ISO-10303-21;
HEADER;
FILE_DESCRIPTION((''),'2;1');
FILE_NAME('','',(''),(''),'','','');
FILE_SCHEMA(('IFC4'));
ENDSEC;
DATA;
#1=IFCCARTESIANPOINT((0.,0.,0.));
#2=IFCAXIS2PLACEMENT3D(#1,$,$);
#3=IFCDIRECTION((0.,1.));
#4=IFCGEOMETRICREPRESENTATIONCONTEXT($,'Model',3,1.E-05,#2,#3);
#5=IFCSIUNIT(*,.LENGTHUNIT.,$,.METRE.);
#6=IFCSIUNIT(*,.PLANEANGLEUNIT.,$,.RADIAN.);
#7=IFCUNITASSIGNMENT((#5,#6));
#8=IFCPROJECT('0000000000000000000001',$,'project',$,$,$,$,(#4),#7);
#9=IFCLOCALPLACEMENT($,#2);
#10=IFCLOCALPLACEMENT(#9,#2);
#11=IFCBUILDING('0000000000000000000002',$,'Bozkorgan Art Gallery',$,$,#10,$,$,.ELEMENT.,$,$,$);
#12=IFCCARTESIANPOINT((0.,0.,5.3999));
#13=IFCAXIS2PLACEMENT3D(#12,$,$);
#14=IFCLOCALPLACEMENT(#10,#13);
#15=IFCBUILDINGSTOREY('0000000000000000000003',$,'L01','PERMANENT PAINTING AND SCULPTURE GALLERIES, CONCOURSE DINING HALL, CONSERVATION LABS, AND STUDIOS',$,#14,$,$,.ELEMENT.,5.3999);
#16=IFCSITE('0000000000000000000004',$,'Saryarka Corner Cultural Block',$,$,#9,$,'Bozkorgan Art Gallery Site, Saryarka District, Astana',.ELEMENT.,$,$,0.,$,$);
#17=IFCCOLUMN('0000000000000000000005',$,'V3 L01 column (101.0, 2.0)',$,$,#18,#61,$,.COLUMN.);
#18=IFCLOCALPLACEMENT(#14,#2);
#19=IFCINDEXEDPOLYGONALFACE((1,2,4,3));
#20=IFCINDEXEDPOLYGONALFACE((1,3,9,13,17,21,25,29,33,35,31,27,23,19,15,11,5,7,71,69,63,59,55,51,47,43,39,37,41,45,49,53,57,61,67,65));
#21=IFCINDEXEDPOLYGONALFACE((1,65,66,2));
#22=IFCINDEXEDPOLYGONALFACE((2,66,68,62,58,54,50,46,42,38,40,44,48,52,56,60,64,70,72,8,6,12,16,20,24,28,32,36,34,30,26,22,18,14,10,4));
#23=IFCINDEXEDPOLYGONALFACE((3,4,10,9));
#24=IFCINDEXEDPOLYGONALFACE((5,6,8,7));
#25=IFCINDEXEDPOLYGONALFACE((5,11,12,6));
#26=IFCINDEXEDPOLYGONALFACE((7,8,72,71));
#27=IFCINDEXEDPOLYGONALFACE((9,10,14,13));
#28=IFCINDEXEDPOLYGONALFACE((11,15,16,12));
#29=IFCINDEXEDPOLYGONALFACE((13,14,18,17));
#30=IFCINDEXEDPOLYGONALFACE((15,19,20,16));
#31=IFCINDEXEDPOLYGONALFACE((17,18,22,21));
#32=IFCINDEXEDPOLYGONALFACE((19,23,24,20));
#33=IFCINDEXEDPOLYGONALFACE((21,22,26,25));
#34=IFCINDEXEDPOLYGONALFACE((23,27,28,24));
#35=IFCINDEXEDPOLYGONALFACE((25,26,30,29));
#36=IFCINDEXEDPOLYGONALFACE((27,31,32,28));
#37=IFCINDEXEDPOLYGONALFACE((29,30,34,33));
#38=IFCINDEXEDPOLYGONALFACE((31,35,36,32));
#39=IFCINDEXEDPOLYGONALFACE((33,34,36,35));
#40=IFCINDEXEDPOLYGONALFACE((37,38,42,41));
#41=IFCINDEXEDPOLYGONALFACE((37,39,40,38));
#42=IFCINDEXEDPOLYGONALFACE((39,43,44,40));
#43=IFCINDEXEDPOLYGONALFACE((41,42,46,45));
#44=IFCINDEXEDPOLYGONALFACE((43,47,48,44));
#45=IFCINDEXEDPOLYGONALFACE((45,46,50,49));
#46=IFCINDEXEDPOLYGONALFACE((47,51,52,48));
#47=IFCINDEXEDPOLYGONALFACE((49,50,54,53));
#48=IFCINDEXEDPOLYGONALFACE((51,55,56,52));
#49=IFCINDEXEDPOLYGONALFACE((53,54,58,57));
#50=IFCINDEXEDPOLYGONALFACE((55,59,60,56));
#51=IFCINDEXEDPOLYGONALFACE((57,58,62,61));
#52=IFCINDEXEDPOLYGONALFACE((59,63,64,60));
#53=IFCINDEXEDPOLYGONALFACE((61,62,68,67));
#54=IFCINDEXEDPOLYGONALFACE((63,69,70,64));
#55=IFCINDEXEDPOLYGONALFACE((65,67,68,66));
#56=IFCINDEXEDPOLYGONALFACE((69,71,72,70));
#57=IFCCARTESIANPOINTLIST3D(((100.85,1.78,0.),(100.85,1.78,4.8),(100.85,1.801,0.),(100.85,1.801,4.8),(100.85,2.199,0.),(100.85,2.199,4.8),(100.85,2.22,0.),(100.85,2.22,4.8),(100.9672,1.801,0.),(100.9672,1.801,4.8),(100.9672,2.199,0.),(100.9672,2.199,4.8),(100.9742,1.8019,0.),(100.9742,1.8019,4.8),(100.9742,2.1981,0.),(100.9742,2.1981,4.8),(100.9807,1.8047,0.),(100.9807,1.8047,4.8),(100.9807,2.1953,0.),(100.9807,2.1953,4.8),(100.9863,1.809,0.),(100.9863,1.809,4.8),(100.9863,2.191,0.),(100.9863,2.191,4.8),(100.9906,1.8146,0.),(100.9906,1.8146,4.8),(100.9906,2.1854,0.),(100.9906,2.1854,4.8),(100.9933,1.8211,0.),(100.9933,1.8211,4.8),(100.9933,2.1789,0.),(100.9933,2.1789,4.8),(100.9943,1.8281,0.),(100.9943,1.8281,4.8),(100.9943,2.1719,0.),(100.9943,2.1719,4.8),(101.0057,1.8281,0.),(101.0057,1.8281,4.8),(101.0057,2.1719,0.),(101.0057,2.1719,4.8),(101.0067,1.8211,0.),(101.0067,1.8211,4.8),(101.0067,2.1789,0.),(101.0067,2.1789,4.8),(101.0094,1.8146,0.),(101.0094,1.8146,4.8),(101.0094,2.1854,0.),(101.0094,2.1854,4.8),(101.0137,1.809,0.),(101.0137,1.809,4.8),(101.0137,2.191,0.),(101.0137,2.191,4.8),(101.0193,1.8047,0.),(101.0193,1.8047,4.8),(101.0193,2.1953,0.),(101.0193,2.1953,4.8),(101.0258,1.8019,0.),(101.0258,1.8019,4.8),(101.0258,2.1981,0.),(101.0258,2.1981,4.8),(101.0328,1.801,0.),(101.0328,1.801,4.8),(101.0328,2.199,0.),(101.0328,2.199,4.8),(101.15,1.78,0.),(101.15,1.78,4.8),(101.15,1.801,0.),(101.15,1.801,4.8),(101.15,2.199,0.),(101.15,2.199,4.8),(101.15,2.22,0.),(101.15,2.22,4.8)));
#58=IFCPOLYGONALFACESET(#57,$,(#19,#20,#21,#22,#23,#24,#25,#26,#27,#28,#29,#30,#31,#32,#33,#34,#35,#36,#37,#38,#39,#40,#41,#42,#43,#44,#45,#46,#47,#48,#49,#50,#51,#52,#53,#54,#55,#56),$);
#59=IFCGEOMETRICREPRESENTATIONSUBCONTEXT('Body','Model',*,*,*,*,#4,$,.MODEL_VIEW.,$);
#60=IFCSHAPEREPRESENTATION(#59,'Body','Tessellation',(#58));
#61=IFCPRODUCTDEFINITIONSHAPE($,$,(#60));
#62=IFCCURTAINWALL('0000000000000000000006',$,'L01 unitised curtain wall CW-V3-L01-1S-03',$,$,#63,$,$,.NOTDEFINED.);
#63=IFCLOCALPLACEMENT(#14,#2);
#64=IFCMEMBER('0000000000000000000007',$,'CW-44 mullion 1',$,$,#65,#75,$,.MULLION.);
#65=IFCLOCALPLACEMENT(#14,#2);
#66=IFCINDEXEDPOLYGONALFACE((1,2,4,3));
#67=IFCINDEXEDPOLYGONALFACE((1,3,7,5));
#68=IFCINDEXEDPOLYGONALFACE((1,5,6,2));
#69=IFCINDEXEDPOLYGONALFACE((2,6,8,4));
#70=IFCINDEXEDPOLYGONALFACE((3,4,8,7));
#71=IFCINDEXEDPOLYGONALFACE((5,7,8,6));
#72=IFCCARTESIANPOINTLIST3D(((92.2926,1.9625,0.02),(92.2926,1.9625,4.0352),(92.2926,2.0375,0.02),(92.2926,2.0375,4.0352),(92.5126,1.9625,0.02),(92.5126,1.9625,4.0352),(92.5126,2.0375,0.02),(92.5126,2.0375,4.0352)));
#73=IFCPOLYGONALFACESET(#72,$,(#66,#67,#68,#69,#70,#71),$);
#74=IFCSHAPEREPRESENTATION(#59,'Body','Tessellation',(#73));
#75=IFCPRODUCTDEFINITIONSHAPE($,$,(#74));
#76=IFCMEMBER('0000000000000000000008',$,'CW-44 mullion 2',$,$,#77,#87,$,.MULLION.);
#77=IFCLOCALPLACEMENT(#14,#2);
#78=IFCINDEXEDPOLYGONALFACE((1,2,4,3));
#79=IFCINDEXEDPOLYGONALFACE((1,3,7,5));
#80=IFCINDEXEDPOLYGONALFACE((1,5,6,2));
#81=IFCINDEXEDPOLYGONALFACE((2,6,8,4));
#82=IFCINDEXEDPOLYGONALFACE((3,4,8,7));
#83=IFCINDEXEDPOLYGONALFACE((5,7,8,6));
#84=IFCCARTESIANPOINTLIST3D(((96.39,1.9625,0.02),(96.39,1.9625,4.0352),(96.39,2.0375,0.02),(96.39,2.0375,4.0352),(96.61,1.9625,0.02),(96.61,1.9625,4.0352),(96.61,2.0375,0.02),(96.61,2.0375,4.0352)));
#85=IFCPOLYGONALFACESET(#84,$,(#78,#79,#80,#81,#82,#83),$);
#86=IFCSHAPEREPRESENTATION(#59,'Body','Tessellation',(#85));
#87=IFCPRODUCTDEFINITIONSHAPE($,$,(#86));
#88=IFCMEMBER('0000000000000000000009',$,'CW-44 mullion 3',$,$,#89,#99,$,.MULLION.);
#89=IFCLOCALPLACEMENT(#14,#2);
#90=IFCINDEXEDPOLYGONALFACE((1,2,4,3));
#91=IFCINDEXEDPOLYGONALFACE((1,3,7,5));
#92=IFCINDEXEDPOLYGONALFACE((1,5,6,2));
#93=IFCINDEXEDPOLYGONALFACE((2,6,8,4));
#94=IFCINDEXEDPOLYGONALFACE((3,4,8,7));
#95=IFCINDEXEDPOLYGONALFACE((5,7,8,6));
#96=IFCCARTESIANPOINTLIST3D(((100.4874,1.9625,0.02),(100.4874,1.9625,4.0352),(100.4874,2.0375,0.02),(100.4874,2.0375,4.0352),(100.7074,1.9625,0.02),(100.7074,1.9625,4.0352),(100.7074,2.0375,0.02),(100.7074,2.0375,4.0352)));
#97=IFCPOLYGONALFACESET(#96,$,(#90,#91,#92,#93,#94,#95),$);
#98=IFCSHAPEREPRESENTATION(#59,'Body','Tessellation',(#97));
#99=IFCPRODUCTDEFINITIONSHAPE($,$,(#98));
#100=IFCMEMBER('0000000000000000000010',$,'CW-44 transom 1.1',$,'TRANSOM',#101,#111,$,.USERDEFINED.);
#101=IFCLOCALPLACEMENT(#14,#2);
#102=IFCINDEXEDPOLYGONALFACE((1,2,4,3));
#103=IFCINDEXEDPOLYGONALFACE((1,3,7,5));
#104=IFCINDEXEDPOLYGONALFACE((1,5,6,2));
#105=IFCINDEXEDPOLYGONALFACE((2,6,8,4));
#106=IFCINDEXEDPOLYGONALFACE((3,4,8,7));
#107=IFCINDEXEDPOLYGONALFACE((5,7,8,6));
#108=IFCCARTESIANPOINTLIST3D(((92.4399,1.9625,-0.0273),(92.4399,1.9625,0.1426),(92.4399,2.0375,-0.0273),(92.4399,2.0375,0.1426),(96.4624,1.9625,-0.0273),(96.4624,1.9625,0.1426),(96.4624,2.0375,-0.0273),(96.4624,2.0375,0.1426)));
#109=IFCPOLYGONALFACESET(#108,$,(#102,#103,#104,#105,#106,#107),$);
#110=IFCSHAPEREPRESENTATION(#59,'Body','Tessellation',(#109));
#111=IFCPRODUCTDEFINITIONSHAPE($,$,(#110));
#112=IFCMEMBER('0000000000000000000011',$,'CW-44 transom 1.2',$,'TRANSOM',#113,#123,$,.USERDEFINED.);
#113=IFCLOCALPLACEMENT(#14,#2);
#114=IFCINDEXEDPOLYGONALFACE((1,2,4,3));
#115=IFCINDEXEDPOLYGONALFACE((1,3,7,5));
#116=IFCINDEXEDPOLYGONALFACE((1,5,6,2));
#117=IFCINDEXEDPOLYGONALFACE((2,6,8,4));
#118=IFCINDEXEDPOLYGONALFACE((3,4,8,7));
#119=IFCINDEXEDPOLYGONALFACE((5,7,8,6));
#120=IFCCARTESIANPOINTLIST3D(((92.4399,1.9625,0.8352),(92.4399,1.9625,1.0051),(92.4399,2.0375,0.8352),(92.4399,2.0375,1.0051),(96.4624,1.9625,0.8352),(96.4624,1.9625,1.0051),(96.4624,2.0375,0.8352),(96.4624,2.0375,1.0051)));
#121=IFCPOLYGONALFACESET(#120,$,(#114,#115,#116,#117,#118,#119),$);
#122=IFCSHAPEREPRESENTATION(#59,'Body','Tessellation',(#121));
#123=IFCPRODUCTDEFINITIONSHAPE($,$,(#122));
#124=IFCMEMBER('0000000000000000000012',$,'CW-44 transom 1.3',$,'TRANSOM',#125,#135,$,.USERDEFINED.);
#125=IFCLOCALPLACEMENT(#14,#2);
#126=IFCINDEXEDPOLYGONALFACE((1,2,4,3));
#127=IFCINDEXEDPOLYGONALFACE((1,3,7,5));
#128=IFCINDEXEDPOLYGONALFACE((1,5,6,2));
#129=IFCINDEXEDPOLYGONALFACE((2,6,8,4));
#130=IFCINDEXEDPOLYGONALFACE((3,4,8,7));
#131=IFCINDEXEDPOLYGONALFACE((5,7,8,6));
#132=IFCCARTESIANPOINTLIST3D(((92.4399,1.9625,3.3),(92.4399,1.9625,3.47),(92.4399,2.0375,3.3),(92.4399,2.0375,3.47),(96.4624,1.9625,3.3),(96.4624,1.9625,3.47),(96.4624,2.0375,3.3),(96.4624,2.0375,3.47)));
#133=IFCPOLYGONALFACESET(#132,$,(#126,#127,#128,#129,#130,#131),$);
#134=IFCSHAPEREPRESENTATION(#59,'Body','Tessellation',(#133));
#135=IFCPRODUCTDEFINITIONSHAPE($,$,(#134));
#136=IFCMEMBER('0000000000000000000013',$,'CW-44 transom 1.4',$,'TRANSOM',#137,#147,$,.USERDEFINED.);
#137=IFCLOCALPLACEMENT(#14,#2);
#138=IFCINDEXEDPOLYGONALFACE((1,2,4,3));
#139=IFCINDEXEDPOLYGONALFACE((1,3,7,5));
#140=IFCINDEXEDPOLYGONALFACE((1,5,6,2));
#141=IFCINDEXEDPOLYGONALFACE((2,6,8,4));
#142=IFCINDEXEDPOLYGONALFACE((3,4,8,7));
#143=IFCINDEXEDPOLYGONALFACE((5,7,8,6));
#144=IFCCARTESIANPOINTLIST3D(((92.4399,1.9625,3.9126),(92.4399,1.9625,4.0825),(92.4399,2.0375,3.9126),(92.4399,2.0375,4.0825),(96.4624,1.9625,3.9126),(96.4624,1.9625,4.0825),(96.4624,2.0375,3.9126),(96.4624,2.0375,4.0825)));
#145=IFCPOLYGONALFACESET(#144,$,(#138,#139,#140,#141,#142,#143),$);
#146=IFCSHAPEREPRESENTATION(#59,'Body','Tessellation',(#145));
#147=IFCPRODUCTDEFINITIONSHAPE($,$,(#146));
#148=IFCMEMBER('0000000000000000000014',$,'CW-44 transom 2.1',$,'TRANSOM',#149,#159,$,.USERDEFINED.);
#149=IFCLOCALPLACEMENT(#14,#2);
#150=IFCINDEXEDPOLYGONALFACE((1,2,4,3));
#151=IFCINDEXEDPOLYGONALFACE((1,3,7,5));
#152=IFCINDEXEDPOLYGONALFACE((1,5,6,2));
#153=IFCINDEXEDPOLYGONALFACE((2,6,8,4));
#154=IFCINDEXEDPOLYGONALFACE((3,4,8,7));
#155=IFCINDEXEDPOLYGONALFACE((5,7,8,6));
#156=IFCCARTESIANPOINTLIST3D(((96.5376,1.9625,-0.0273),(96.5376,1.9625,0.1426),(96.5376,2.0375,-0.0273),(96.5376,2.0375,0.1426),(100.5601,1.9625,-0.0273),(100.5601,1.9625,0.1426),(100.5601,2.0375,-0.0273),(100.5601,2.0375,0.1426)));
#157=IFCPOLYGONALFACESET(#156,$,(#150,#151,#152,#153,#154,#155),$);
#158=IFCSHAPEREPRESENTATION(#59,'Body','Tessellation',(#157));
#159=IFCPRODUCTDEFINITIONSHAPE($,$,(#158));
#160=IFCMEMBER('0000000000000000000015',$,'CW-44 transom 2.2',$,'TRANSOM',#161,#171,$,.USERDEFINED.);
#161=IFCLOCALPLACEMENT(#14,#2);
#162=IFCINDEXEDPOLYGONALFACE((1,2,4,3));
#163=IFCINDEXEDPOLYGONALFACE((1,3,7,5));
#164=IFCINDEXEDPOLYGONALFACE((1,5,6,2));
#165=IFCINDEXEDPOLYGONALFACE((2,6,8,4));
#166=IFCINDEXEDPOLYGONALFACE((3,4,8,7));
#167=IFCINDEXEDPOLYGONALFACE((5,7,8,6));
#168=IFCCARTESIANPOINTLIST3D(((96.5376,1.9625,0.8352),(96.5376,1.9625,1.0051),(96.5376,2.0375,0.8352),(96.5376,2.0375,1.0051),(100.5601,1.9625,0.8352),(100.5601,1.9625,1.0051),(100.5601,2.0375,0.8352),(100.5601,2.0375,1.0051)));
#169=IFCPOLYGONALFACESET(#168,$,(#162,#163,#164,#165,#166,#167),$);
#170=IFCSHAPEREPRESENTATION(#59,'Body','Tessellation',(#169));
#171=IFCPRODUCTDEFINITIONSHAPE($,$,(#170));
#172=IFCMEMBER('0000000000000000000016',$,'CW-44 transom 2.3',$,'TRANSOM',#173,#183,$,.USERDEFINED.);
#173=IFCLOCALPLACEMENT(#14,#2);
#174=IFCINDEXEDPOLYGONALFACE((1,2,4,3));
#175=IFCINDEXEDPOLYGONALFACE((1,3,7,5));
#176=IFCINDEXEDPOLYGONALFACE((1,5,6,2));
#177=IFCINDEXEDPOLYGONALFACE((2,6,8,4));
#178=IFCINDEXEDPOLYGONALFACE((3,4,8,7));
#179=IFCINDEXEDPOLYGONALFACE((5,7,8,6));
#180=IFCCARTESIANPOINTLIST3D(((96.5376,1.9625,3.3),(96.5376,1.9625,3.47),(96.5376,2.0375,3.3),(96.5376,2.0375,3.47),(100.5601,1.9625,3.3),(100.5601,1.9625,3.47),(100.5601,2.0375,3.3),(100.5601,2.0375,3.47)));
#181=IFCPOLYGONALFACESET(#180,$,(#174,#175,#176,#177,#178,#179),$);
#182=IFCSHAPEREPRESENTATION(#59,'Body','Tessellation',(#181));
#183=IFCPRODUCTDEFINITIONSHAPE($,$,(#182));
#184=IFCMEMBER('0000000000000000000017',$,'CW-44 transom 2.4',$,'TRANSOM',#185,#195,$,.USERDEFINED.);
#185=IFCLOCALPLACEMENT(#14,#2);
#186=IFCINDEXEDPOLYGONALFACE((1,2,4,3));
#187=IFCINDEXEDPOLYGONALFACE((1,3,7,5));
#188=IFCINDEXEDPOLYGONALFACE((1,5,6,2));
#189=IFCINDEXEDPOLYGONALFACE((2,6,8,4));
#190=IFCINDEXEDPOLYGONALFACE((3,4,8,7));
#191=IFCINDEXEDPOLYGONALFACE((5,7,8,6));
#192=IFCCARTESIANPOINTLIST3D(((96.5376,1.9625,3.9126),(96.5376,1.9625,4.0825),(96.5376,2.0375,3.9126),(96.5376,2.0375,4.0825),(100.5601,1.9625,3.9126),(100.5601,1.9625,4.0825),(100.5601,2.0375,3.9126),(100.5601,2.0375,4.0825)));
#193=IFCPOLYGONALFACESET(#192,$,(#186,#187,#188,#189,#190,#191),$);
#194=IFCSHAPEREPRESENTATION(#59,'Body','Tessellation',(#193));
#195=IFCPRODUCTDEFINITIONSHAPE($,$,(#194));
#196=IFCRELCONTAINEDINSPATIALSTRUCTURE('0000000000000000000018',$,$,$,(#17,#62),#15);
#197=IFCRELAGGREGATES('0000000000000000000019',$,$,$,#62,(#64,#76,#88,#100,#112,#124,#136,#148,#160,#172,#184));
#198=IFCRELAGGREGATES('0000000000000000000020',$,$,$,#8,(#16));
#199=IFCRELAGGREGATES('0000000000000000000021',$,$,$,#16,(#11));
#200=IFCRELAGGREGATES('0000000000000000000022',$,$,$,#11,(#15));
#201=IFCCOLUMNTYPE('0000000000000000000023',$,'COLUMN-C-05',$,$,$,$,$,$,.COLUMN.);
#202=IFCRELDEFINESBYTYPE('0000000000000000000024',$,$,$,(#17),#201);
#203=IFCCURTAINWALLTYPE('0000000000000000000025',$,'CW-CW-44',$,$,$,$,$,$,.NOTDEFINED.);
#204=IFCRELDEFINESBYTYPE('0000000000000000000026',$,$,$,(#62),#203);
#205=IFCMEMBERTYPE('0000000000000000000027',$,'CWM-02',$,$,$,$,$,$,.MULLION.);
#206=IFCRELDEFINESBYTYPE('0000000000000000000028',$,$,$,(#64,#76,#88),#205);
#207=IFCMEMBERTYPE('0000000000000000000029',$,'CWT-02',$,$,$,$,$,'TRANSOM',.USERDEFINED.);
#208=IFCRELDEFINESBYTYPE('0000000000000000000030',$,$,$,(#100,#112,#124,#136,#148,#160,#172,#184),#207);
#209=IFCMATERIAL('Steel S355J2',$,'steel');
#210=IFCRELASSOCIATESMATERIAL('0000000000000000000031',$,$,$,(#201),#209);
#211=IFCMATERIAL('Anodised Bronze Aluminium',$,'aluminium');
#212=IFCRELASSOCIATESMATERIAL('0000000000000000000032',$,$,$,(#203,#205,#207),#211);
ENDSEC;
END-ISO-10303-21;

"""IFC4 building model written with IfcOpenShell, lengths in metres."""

from ifc_helpers import new_model, si_unit, direction, frame, origin, origin_2d, place, context, subcontext, project, spatial, rectangle, i_section, extrude, material, material_profile, profile_set, type_object, element, aggregate, save


model = new_model("IFC4")

# Units and contexts
model_context = context("Model", 3, precision=1e-05, world=origin(), true_north=direction((0.0, 1.0)))
body_context = subcontext(model_context, "Body", "Model", "MODEL_VIEW")
ifc_project = project(units=[si_unit("LENGTHUNIT", "METRE"), si_unit("PLANEANGLEUNIT", "RADIAN")], contexts=[model_context])

# Site, building, storey
site_placement = place(None, origin())
site = spatial("IfcSite", under=ifc_project, at=site_placement, Name="Saryarka Corner Cultural Block", LongName="Bozkorgan Art Gallery Site, Saryarka District, Astana", CompositionType="ELEMENT", RefElevation=0.0)
building_placement = place(site_placement, origin())
building = spatial("IfcBuilding", under=site, at=building_placement, Name="Bozkorgan Art Gallery", CompositionType="ELEMENT")
storey_placement = place(building_placement, frame((0.0, 0.0, 5.3999)))
storey = spatial("IfcBuildingStorey", under=building, at=storey_placement, Name="L01", Description="PERMANENT PAINTING AND SCULPTURE GALLERIES, CONCOURSE DINING HALL, CONSERVATION LABS, AND STUDIOS", CompositionType="ELEMENT", Elevation=5.3999)

# Column
ifc_material_1 = material(Name="Steel S355J2", Category="steel")
ifc_material_profile_1 = material_profile(ifc_material_1, i_section(OverallWidth=0.3, OverallDepth=0.4399, WebThickness=0.0115, FlangeThickness=0.021, FilletRadius=0.0271, at=origin_2d()), Name="HEA 450")
ifc_profile_set_1 = profile_set([ifc_material_profile_1], Name="Steel S355J2")
column_type = type_object("IfcColumnType", Name="COLUMN-C-05", PredefinedType="COLUMN", material=ifc_profile_set_1)
column_placement = place(storey_placement, frame((101.0, 2.0, 0.0), z_axis=(0.0, 0.0, 1.0), x_axis=(1.0, 0.0, 0.0)))
element("IfcColumn", 1, at=column_placement, inside=storey, type_object=column_type, Name="V3 L01 column (101.0, 2.0)", PredefinedType="COLUMN", context=body_context, shape_type="SweptSolid", body=[
    extrude(i_section(OverallWidth=0.3, OverallDepth=0.4399, WebThickness=0.0115, FlangeThickness=0.021, FilletRadius=0.0271, at=origin_2d()), origin(), (0.0, 0.0, 1.0), 4.8),
])

# Curtain wall, members
ifc_material_2 = material(Name="Anodised Bronze Aluminium", Category="aluminium")
curtain_wall_type = type_object("IfcCurtainWallType", Name="CW-CW-44", PredefinedType="NOTDEFINED", material=ifc_material_2)
curtain_wall_placement = place(storey_placement, origin())
curtain_wall = element("IfcCurtainWall", 2, at=curtain_wall_placement, inside=storey, type_object=curtain_wall_type, Name="L01 unitised curtain wall CW-V3-L01-1S-03", PredefinedType="NOTDEFINED")
ifc_material_profile_2 = material_profile(ifc_material_2, rectangle(XDim=0.075, YDim=0.22, at=origin_2d()), Name="ALU MULLION 75x220")
ifc_profile_set_2 = profile_set([ifc_material_profile_2], Name="Anodised Bronze Aluminium")
member_type_1 = type_object("IfcMemberType", Name="CWM-02", PredefinedType="MULLION", material=ifc_profile_set_2)
member_1_placement = place(storey_placement, frame((92.4026, 2.0, 0.02), z_axis=(0.0, 0.0, 1.0), x_axis=(0.0, 1.0, 0.0)))
member_1 = element("IfcMember", 3, at=member_1_placement, type_object=member_type_1, Name="CW-44 mullion 1", PredefinedType="MULLION", context=body_context, shape_type="SweptSolid", body=[
    extrude(rectangle(XDim=0.075, YDim=0.22, at=origin_2d()), origin(), (0.0, 0.0, 1.0), 4.0151),
])
member_2_placement = place(storey_placement, frame((96.5, 2.0, 0.02), z_axis=(0.0, 0.0, 1.0), x_axis=(0.0, 1.0, 0.0)))
member_2 = element("IfcMember", 4, at=member_2_placement, type_object=member_type_1, Name="CW-44 mullion 2", PredefinedType="MULLION", context=body_context, shape_type="SweptSolid", body=[
    extrude(rectangle(XDim=0.075, YDim=0.22, at=origin_2d()), origin(), (0.0, 0.0, 1.0), 4.0151),
])
member_3_placement = place(storey_placement, frame((100.5974, 2.0, 0.02), z_axis=(0.0, 0.0, 1.0), x_axis=(0.0, 1.0, 0.0)))
member_3 = element("IfcMember", 5, at=member_3_placement, type_object=member_type_1, Name="CW-44 mullion 3", PredefinedType="MULLION", context=body_context, shape_type="SweptSolid", body=[
    extrude(rectangle(XDim=0.075, YDim=0.22, at=origin_2d()), origin(), (0.0, 0.0, 1.0), 4.0151),
])
ifc_material_profile_3 = material_profile(ifc_material_2, rectangle(XDim=0.075, YDim=0.1699, at=origin_2d()), Name="ALU TRANSOM 75x170")
ifc_profile_set_3 = profile_set([ifc_material_profile_3], Name="Anodised Bronze Aluminium")
member_type_2 = type_object("IfcMemberType", Name="CWT-02", ElementType="TRANSOM", PredefinedType="USERDEFINED", material=ifc_profile_set_3)
member_4_placement = place(storey_placement, frame((92.4399, 2.0, 0.0576), z_axis=(1.0, 0.0, 0.0), x_axis=(0.0, 1.0, 0.0)))
member_4 = element("IfcMember", 6, at=member_4_placement, type_object=member_type_2, Name="CW-44 transom 1.1", ObjectType="TRANSOM", PredefinedType="USERDEFINED", context=body_context, shape_type="SweptSolid", body=[
    extrude(rectangle(XDim=0.075, YDim=0.1699, at=origin_2d()), origin(), (0.0, 0.0, 1.0), 4.0225),
])
member_5_placement = place(storey_placement, frame((92.4399, 2.0, 0.9202), z_axis=(1.0, 0.0, 0.0), x_axis=(0.0, 1.0, 0.0)))
member_5 = element("IfcMember", 7, at=member_5_placement, type_object=member_type_2, Name="CW-44 transom 1.2", ObjectType="TRANSOM", PredefinedType="USERDEFINED", context=body_context, shape_type="SweptSolid", body=[
    extrude(rectangle(XDim=0.075, YDim=0.1699, at=origin_2d()), origin(), (0.0, 0.0, 1.0), 4.0225),
])
member_6_placement = place(storey_placement, frame((92.4399, 2.0, 3.385), z_axis=(1.0, 0.0, 0.0), x_axis=(0.0, 1.0, 0.0)))
member_6 = element("IfcMember", 8, at=member_6_placement, type_object=member_type_2, Name="CW-44 transom 1.3", ObjectType="TRANSOM", PredefinedType="USERDEFINED", context=body_context, shape_type="SweptSolid", body=[
    extrude(rectangle(XDim=0.075, YDim=0.1699, at=origin_2d()), origin(), (0.0, 0.0, 1.0), 4.0225),
])
member_7_placement = place(storey_placement, frame((92.4399, 2.0, 3.9976), z_axis=(1.0, 0.0, 0.0), x_axis=(0.0, 1.0, 0.0)))
member_7 = element("IfcMember", 9, at=member_7_placement, type_object=member_type_2, Name="CW-44 transom 1.4", ObjectType="TRANSOM", PredefinedType="USERDEFINED", context=body_context, shape_type="SweptSolid", body=[
    extrude(rectangle(XDim=0.075, YDim=0.1699, at=origin_2d()), origin(), (0.0, 0.0, 1.0), 4.0225),
])
member_8_placement = place(storey_placement, frame((96.5376, 2.0, 0.0576), z_axis=(1.0, 0.0, 0.0), x_axis=(0.0, 1.0, 0.0)))
member_8 = element("IfcMember", 10, at=member_8_placement, type_object=member_type_2, Name="CW-44 transom 2.1", ObjectType="TRANSOM", PredefinedType="USERDEFINED", context=body_context, shape_type="SweptSolid", body=[
    extrude(rectangle(XDim=0.075, YDim=0.1699, at=origin_2d()), origin(), (0.0, 0.0, 1.0), 4.0225),
])
member_9_placement = place(storey_placement, frame((96.5376, 2.0, 0.9202), z_axis=(1.0, 0.0, 0.0), x_axis=(0.0, 1.0, 0.0)))
member_9 = element("IfcMember", 11, at=member_9_placement, type_object=member_type_2, Name="CW-44 transom 2.2", ObjectType="TRANSOM", PredefinedType="USERDEFINED", context=body_context, shape_type="SweptSolid", body=[
    extrude(rectangle(XDim=0.075, YDim=0.1699, at=origin_2d()), origin(), (0.0, 0.0, 1.0), 4.0225),
])
member_10_placement = place(storey_placement, frame((96.5376, 2.0, 3.385), z_axis=(1.0, 0.0, 0.0), x_axis=(0.0, 1.0, 0.0)))
member_10 = element("IfcMember", 12, at=member_10_placement, type_object=member_type_2, Name="CW-44 transom 2.3", ObjectType="TRANSOM", PredefinedType="USERDEFINED", context=body_context, shape_type="SweptSolid", body=[
    extrude(rectangle(XDim=0.075, YDim=0.1699, at=origin_2d()), origin(), (0.0, 0.0, 1.0), 4.0225),
])
member_11_placement = place(storey_placement, frame((96.5376, 2.0, 3.9976), z_axis=(1.0, 0.0, 0.0), x_axis=(0.0, 1.0, 0.0)))
member_11 = element("IfcMember", 13, at=member_11_placement, type_object=member_type_2, Name="CW-44 transom 2.4", ObjectType="TRANSOM", PredefinedType="USERDEFINED", context=body_context, shape_type="SweptSolid", body=[
    extrude(rectangle(XDim=0.075, YDim=0.1699, at=origin_2d()), origin(), (0.0, 0.0, 1.0), 4.0225),
])
aggregate(curtain_wall, [member_1, member_2, member_3, member_4, member_5, member_6, member_7, member_8, member_9, member_10, member_11])

save(model, "model.ifc")
